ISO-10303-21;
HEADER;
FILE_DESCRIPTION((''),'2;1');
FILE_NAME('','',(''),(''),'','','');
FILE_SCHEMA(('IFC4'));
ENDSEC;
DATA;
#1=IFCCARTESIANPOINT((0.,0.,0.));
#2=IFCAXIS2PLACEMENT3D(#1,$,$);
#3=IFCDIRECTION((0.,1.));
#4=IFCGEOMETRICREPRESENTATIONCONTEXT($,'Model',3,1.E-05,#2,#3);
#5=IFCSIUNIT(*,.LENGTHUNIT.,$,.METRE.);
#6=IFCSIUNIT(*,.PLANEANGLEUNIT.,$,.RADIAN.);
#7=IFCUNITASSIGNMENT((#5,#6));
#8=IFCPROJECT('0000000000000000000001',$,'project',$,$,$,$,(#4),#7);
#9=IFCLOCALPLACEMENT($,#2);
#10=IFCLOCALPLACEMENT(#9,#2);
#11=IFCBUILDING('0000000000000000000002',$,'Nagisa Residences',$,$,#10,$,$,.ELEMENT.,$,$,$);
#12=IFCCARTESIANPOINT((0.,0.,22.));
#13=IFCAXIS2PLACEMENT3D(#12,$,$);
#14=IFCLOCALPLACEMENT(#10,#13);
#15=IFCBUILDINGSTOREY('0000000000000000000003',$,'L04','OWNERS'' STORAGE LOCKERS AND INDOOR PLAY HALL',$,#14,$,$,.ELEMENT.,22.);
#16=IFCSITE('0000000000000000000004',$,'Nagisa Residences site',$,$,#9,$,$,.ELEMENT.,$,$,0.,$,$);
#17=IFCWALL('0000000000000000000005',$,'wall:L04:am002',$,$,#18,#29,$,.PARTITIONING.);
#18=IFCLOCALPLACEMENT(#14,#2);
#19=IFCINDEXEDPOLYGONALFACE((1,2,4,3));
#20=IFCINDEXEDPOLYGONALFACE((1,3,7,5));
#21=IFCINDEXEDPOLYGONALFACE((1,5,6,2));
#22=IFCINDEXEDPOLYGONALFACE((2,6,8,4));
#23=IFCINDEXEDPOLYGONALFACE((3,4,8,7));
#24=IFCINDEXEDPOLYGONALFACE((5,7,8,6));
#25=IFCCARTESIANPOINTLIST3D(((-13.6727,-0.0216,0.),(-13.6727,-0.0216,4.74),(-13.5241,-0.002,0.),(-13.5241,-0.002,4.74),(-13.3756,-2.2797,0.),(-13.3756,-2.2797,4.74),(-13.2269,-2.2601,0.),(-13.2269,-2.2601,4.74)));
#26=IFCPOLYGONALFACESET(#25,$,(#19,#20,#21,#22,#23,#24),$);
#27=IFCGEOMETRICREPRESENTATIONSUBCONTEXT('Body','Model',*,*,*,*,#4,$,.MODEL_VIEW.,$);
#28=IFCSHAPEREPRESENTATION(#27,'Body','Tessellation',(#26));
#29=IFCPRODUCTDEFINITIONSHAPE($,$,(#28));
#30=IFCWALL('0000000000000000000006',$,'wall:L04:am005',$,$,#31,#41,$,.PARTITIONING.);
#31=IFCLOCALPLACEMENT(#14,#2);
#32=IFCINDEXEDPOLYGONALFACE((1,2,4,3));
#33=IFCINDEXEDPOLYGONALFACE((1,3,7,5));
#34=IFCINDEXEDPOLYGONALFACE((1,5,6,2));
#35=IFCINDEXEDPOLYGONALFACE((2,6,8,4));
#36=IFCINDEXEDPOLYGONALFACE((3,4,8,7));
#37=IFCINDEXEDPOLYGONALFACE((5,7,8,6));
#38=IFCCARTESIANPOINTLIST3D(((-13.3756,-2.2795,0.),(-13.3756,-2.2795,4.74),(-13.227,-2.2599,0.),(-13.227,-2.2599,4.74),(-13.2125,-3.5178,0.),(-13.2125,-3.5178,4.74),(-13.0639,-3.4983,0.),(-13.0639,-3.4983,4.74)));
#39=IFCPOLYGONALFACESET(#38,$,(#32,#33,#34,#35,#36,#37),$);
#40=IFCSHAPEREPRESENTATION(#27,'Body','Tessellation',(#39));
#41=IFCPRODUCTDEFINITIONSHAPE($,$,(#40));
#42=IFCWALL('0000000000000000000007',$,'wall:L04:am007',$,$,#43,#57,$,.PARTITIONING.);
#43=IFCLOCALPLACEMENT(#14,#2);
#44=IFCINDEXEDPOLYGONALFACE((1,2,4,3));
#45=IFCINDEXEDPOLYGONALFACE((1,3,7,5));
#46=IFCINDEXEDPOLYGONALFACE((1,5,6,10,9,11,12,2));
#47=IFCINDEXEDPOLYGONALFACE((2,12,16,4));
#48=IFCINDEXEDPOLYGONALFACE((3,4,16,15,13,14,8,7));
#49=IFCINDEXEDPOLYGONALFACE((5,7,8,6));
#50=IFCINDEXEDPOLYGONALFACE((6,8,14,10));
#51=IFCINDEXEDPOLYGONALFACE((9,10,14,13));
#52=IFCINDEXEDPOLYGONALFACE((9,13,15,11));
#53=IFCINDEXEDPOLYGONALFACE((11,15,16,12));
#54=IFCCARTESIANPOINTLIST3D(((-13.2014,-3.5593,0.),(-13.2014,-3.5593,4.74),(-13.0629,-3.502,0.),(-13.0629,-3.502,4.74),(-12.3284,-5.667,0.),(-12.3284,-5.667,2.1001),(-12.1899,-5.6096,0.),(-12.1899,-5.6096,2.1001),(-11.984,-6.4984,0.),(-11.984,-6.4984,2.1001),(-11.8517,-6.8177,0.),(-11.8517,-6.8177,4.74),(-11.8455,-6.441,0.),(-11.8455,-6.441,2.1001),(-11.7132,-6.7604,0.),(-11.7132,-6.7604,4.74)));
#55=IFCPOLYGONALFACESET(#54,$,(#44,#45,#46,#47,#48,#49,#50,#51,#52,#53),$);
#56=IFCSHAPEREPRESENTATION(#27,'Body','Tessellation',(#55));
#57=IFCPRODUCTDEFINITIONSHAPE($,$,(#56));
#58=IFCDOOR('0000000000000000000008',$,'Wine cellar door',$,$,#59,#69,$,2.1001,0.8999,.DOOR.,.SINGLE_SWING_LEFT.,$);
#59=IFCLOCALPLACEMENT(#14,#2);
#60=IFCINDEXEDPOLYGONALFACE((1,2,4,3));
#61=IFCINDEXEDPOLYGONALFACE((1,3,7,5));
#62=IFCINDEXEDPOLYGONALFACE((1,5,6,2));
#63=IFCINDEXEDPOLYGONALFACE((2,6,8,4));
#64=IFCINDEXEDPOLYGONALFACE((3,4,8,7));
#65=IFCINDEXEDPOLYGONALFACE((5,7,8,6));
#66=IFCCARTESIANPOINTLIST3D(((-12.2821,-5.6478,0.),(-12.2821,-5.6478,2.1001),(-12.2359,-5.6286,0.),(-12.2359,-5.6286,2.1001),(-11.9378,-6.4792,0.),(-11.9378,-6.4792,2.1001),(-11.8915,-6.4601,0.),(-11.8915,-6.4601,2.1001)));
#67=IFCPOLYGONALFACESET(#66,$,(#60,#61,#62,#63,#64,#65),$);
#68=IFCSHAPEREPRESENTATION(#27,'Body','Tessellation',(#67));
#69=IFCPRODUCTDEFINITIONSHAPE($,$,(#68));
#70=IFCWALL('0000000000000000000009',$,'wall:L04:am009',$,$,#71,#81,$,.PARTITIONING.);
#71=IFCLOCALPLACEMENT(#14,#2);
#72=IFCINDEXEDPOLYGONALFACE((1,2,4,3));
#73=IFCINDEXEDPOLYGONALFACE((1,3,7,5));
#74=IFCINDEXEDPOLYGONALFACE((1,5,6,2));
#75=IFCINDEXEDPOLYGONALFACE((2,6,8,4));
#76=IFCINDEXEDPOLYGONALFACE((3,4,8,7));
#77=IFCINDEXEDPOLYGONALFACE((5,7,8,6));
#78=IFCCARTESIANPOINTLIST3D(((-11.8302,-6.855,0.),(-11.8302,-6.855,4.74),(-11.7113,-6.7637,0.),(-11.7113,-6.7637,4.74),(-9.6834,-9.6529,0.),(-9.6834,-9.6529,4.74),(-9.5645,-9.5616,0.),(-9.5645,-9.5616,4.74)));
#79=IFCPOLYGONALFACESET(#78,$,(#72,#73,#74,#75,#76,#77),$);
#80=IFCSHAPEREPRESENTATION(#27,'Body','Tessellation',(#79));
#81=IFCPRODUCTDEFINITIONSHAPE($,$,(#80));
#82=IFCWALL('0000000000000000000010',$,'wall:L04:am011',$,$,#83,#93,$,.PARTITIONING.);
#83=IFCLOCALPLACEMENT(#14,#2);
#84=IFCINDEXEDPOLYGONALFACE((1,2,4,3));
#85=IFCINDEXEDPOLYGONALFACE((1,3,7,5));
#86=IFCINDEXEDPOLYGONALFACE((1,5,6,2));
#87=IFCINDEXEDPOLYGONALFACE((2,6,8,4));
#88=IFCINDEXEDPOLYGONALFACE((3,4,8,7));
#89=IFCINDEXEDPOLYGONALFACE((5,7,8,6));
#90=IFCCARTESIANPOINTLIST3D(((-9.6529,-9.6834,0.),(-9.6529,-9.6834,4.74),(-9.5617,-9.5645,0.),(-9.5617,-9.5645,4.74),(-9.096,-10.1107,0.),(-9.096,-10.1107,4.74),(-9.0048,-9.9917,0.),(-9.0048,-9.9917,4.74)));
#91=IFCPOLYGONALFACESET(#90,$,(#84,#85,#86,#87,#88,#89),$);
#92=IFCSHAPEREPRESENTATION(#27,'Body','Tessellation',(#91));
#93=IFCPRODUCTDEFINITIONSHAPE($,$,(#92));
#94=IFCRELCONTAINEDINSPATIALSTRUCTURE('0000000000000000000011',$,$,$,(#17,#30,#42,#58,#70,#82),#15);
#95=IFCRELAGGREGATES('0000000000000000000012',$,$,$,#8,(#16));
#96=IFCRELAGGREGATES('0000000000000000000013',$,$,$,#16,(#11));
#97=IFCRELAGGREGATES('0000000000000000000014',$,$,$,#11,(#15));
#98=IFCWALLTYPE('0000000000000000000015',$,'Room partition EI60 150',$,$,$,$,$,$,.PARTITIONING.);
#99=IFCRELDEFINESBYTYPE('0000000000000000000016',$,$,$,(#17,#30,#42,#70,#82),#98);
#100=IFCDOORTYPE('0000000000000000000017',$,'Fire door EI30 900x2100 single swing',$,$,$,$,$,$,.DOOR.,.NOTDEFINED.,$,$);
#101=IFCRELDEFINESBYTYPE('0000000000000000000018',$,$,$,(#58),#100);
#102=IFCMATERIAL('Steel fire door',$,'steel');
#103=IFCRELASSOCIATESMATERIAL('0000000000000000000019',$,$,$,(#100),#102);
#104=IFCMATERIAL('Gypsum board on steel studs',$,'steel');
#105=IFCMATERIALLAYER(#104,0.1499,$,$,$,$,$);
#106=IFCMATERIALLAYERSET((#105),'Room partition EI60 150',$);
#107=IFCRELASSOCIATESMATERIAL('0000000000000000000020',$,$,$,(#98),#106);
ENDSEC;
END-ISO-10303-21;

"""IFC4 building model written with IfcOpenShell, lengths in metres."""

from ifc_helpers import new_model, si_unit, direction, frame, frame_2d, origin, place, context, subcontext, project, spatial, rectangle, extrude, material, layer, layer_set, type_object, element, fill, save


model = new_model("IFC4")

# Units and contexts
model_context = context("Model", 3, precision=1e-05, world=origin(), true_north=direction((0.0, 1.0)))
body_context = subcontext(model_context, "Body", "Model", "MODEL_VIEW")
ifc_project = project(units=[si_unit("LENGTHUNIT", "METRE"), si_unit("PLANEANGLEUNIT", "RADIAN")], contexts=[model_context])

# Site, building, storey
site_placement = place(None, origin())
site = spatial("IfcSite", under=ifc_project, at=site_placement, Name="Nagisa Residences site", CompositionType="ELEMENT", RefElevation=0.0)
building_placement = place(site_placement, origin())
building = spatial("IfcBuilding", under=site, at=building_placement, Name="Nagisa Residences", CompositionType="ELEMENT")
storey_placement = place(building_placement, frame((0.0, 0.0, 22.0)))
storey = spatial("IfcBuildingStorey", under=building, at=storey_placement, Name="L04", Description="OWNERS' STORAGE LOCKERS AND INDOOR PLAY HALL", CompositionType="ELEMENT", Elevation=22.0)

# Shared definitions
ifc_material_1 = material(Name="Steel fire door", Category="steel")
door_type_1 = type_object("IfcDoorType", Name="Fire door EI30 900x2100 single swing", OperationType="NOTDEFINED", PredefinedType="DOOR", material=ifc_material_1)

# Walls
ifc_material_2 = material(Name="Gypsum board on steel studs", Category="steel")
ifc_layer_1 = layer(ifc_material_2, 0.1499)
ifc_layer_set_1 = layer_set([ifc_layer_1], Name="Room partition EI60 150")
wall_type_1 = type_object("IfcWallType", Name="Room partition EI60 150", PredefinedType="PARTITIONING", material=ifc_layer_set_1)
wall_1_placement = place(storey_placement, frame((-13.3013, -2.2698, 0.0), z_axis=(0.0, 0.0, 1.0), x_axis=(-0.130457, 0.991454, 0.0)))
element("IfcWall", 1, at=wall_1_placement, inside=storey, type_object=wall_type_1, Name="wall:L04:am002", PredefinedType="PARTITIONING", context=body_context, shape_type="SweptSolid", body=[
    extrude(rectangle(XDim=2.2776, YDim=0.1499, at=frame_2d((1.1387, 0.0))), origin(), (0.0, 0.0, 1.0), 4.74),
])
wall_2_placement = place(storey_placement, frame((-13.1382, -3.5081, 0.0), z_axis=(0.0, 0.0, 1.0), x_axis=(-0.130576, 0.991438, 0.0)))
element("IfcWall", 2, at=wall_2_placement, inside=storey, type_object=wall_type_1, Name="wall:L04:am005", PredefinedType="PARTITIONING", context=body_context, shape_type="SweptSolid", body=[
    extrude(rectangle(XDim=1.249, YDim=0.1499, at=frame_2d((0.6245, 0.0))), origin(), (0.0, 0.0, 1.0), 4.74),
])

# Wall, opening, door
wall_3_placement = place(storey_placement, frame((-11.7825, -6.7891, 0.0), z_axis=(0.0, 0.0, 1.0), x_axis=(-0.382678, 0.923882, 0.0)))
wall_3 = element("IfcWall", 3, at=wall_3_placement, inside=storey, type_object=wall_type_1, Name="wall:L04:am007", PredefinedType="PARTITIONING", context=body_context, shape_type="SweptSolid", body=[
    extrude(rectangle(XDim=3.5269, YDim=0.1499, at=frame_2d((1.7634, 0.0))), origin(), (0.0, 0.0, 1.0), 4.74),
])
opening_1_placement = place(wall_3_placement, frame((0.3457, 0.0, 0.0)))
opening_1 = element("IfcOpeningElement", 4, at=opening_1_placement, cuts=wall_3, PredefinedType="OPENING", context=body_context, shape_type="SweptSolid", body=[
    extrude(rectangle(XDim=0.8999, YDim=2.1001, at=frame_2d((0.45, 1.05))), frame((0.0, 0.085, 0.0), z_axis=(0.0, -1.0, 0.0), x_axis=(1.0, 0.0, 0.0)), (0.0, 0.0, 1.0), 0.1699),
])
door_1_placement = place(opening_1_placement, origin())
door_1 = element("IfcDoor", 5, at=door_1_placement, inside=storey, type_object=door_type_1, Name="Wine cellar door", OperationType="SINGLE_SWING_LEFT", OverallHeight=2.1001, OverallWidth=0.8999, PredefinedType="DOOR", context=body_context, shape_type="SweptSolid", body=[
    extrude(rectangle(XDim=0.8999, YDim=2.1001, at=frame_2d((0.45, 1.05))), frame((0.0, 0.0249, 0.0), z_axis=(0.0, -1.0, 0.0), x_axis=(1.0, 0.0, 0.0)), (0.0, 0.0, 1.0), 0.05),
])
fill(opening_1, door_1)

# Walls
wall_4_placement = place(storey_placement, frame((-9.624, -9.6072, 0.0), z_axis=(0.0, 0.0, 1.0), x_axis=(-0.608737, 0.793372, 0.0)))
element("IfcWall", 6, at=wall_4_placement, inside=storey, type_object=wall_type_1, Name="wall:L04:am009", PredefinedType="PARTITIONING", context=body_context, shape_type="SweptSolid", body=[
    extrude(rectangle(XDim=3.5266, YDim=0.1499, at=frame_2d((1.7632, 0.0))), origin(), (0.0, 0.0, 1.0), 4.74),
])
wall_5_placement = place(storey_placement, frame((-9.0503, -10.0513, 0.0), z_axis=(0.0, 0.0, 1.0), x_axis=(-0.793399, 0.608702, 0.0)))
element("IfcWall", 7, at=wall_5_placement, inside=storey, type_object=wall_type_1, Name="wall:L04:am011", PredefinedType="PARTITIONING", context=body_context, shape_type="SweptSolid", body=[
    extrude(rectangle(XDim=0.7019, YDim=0.1499, at=frame_2d((0.3511, 0.0))), origin(), (0.0, 0.0, 1.0), 4.74),
])

save(model, "model.ifc")
